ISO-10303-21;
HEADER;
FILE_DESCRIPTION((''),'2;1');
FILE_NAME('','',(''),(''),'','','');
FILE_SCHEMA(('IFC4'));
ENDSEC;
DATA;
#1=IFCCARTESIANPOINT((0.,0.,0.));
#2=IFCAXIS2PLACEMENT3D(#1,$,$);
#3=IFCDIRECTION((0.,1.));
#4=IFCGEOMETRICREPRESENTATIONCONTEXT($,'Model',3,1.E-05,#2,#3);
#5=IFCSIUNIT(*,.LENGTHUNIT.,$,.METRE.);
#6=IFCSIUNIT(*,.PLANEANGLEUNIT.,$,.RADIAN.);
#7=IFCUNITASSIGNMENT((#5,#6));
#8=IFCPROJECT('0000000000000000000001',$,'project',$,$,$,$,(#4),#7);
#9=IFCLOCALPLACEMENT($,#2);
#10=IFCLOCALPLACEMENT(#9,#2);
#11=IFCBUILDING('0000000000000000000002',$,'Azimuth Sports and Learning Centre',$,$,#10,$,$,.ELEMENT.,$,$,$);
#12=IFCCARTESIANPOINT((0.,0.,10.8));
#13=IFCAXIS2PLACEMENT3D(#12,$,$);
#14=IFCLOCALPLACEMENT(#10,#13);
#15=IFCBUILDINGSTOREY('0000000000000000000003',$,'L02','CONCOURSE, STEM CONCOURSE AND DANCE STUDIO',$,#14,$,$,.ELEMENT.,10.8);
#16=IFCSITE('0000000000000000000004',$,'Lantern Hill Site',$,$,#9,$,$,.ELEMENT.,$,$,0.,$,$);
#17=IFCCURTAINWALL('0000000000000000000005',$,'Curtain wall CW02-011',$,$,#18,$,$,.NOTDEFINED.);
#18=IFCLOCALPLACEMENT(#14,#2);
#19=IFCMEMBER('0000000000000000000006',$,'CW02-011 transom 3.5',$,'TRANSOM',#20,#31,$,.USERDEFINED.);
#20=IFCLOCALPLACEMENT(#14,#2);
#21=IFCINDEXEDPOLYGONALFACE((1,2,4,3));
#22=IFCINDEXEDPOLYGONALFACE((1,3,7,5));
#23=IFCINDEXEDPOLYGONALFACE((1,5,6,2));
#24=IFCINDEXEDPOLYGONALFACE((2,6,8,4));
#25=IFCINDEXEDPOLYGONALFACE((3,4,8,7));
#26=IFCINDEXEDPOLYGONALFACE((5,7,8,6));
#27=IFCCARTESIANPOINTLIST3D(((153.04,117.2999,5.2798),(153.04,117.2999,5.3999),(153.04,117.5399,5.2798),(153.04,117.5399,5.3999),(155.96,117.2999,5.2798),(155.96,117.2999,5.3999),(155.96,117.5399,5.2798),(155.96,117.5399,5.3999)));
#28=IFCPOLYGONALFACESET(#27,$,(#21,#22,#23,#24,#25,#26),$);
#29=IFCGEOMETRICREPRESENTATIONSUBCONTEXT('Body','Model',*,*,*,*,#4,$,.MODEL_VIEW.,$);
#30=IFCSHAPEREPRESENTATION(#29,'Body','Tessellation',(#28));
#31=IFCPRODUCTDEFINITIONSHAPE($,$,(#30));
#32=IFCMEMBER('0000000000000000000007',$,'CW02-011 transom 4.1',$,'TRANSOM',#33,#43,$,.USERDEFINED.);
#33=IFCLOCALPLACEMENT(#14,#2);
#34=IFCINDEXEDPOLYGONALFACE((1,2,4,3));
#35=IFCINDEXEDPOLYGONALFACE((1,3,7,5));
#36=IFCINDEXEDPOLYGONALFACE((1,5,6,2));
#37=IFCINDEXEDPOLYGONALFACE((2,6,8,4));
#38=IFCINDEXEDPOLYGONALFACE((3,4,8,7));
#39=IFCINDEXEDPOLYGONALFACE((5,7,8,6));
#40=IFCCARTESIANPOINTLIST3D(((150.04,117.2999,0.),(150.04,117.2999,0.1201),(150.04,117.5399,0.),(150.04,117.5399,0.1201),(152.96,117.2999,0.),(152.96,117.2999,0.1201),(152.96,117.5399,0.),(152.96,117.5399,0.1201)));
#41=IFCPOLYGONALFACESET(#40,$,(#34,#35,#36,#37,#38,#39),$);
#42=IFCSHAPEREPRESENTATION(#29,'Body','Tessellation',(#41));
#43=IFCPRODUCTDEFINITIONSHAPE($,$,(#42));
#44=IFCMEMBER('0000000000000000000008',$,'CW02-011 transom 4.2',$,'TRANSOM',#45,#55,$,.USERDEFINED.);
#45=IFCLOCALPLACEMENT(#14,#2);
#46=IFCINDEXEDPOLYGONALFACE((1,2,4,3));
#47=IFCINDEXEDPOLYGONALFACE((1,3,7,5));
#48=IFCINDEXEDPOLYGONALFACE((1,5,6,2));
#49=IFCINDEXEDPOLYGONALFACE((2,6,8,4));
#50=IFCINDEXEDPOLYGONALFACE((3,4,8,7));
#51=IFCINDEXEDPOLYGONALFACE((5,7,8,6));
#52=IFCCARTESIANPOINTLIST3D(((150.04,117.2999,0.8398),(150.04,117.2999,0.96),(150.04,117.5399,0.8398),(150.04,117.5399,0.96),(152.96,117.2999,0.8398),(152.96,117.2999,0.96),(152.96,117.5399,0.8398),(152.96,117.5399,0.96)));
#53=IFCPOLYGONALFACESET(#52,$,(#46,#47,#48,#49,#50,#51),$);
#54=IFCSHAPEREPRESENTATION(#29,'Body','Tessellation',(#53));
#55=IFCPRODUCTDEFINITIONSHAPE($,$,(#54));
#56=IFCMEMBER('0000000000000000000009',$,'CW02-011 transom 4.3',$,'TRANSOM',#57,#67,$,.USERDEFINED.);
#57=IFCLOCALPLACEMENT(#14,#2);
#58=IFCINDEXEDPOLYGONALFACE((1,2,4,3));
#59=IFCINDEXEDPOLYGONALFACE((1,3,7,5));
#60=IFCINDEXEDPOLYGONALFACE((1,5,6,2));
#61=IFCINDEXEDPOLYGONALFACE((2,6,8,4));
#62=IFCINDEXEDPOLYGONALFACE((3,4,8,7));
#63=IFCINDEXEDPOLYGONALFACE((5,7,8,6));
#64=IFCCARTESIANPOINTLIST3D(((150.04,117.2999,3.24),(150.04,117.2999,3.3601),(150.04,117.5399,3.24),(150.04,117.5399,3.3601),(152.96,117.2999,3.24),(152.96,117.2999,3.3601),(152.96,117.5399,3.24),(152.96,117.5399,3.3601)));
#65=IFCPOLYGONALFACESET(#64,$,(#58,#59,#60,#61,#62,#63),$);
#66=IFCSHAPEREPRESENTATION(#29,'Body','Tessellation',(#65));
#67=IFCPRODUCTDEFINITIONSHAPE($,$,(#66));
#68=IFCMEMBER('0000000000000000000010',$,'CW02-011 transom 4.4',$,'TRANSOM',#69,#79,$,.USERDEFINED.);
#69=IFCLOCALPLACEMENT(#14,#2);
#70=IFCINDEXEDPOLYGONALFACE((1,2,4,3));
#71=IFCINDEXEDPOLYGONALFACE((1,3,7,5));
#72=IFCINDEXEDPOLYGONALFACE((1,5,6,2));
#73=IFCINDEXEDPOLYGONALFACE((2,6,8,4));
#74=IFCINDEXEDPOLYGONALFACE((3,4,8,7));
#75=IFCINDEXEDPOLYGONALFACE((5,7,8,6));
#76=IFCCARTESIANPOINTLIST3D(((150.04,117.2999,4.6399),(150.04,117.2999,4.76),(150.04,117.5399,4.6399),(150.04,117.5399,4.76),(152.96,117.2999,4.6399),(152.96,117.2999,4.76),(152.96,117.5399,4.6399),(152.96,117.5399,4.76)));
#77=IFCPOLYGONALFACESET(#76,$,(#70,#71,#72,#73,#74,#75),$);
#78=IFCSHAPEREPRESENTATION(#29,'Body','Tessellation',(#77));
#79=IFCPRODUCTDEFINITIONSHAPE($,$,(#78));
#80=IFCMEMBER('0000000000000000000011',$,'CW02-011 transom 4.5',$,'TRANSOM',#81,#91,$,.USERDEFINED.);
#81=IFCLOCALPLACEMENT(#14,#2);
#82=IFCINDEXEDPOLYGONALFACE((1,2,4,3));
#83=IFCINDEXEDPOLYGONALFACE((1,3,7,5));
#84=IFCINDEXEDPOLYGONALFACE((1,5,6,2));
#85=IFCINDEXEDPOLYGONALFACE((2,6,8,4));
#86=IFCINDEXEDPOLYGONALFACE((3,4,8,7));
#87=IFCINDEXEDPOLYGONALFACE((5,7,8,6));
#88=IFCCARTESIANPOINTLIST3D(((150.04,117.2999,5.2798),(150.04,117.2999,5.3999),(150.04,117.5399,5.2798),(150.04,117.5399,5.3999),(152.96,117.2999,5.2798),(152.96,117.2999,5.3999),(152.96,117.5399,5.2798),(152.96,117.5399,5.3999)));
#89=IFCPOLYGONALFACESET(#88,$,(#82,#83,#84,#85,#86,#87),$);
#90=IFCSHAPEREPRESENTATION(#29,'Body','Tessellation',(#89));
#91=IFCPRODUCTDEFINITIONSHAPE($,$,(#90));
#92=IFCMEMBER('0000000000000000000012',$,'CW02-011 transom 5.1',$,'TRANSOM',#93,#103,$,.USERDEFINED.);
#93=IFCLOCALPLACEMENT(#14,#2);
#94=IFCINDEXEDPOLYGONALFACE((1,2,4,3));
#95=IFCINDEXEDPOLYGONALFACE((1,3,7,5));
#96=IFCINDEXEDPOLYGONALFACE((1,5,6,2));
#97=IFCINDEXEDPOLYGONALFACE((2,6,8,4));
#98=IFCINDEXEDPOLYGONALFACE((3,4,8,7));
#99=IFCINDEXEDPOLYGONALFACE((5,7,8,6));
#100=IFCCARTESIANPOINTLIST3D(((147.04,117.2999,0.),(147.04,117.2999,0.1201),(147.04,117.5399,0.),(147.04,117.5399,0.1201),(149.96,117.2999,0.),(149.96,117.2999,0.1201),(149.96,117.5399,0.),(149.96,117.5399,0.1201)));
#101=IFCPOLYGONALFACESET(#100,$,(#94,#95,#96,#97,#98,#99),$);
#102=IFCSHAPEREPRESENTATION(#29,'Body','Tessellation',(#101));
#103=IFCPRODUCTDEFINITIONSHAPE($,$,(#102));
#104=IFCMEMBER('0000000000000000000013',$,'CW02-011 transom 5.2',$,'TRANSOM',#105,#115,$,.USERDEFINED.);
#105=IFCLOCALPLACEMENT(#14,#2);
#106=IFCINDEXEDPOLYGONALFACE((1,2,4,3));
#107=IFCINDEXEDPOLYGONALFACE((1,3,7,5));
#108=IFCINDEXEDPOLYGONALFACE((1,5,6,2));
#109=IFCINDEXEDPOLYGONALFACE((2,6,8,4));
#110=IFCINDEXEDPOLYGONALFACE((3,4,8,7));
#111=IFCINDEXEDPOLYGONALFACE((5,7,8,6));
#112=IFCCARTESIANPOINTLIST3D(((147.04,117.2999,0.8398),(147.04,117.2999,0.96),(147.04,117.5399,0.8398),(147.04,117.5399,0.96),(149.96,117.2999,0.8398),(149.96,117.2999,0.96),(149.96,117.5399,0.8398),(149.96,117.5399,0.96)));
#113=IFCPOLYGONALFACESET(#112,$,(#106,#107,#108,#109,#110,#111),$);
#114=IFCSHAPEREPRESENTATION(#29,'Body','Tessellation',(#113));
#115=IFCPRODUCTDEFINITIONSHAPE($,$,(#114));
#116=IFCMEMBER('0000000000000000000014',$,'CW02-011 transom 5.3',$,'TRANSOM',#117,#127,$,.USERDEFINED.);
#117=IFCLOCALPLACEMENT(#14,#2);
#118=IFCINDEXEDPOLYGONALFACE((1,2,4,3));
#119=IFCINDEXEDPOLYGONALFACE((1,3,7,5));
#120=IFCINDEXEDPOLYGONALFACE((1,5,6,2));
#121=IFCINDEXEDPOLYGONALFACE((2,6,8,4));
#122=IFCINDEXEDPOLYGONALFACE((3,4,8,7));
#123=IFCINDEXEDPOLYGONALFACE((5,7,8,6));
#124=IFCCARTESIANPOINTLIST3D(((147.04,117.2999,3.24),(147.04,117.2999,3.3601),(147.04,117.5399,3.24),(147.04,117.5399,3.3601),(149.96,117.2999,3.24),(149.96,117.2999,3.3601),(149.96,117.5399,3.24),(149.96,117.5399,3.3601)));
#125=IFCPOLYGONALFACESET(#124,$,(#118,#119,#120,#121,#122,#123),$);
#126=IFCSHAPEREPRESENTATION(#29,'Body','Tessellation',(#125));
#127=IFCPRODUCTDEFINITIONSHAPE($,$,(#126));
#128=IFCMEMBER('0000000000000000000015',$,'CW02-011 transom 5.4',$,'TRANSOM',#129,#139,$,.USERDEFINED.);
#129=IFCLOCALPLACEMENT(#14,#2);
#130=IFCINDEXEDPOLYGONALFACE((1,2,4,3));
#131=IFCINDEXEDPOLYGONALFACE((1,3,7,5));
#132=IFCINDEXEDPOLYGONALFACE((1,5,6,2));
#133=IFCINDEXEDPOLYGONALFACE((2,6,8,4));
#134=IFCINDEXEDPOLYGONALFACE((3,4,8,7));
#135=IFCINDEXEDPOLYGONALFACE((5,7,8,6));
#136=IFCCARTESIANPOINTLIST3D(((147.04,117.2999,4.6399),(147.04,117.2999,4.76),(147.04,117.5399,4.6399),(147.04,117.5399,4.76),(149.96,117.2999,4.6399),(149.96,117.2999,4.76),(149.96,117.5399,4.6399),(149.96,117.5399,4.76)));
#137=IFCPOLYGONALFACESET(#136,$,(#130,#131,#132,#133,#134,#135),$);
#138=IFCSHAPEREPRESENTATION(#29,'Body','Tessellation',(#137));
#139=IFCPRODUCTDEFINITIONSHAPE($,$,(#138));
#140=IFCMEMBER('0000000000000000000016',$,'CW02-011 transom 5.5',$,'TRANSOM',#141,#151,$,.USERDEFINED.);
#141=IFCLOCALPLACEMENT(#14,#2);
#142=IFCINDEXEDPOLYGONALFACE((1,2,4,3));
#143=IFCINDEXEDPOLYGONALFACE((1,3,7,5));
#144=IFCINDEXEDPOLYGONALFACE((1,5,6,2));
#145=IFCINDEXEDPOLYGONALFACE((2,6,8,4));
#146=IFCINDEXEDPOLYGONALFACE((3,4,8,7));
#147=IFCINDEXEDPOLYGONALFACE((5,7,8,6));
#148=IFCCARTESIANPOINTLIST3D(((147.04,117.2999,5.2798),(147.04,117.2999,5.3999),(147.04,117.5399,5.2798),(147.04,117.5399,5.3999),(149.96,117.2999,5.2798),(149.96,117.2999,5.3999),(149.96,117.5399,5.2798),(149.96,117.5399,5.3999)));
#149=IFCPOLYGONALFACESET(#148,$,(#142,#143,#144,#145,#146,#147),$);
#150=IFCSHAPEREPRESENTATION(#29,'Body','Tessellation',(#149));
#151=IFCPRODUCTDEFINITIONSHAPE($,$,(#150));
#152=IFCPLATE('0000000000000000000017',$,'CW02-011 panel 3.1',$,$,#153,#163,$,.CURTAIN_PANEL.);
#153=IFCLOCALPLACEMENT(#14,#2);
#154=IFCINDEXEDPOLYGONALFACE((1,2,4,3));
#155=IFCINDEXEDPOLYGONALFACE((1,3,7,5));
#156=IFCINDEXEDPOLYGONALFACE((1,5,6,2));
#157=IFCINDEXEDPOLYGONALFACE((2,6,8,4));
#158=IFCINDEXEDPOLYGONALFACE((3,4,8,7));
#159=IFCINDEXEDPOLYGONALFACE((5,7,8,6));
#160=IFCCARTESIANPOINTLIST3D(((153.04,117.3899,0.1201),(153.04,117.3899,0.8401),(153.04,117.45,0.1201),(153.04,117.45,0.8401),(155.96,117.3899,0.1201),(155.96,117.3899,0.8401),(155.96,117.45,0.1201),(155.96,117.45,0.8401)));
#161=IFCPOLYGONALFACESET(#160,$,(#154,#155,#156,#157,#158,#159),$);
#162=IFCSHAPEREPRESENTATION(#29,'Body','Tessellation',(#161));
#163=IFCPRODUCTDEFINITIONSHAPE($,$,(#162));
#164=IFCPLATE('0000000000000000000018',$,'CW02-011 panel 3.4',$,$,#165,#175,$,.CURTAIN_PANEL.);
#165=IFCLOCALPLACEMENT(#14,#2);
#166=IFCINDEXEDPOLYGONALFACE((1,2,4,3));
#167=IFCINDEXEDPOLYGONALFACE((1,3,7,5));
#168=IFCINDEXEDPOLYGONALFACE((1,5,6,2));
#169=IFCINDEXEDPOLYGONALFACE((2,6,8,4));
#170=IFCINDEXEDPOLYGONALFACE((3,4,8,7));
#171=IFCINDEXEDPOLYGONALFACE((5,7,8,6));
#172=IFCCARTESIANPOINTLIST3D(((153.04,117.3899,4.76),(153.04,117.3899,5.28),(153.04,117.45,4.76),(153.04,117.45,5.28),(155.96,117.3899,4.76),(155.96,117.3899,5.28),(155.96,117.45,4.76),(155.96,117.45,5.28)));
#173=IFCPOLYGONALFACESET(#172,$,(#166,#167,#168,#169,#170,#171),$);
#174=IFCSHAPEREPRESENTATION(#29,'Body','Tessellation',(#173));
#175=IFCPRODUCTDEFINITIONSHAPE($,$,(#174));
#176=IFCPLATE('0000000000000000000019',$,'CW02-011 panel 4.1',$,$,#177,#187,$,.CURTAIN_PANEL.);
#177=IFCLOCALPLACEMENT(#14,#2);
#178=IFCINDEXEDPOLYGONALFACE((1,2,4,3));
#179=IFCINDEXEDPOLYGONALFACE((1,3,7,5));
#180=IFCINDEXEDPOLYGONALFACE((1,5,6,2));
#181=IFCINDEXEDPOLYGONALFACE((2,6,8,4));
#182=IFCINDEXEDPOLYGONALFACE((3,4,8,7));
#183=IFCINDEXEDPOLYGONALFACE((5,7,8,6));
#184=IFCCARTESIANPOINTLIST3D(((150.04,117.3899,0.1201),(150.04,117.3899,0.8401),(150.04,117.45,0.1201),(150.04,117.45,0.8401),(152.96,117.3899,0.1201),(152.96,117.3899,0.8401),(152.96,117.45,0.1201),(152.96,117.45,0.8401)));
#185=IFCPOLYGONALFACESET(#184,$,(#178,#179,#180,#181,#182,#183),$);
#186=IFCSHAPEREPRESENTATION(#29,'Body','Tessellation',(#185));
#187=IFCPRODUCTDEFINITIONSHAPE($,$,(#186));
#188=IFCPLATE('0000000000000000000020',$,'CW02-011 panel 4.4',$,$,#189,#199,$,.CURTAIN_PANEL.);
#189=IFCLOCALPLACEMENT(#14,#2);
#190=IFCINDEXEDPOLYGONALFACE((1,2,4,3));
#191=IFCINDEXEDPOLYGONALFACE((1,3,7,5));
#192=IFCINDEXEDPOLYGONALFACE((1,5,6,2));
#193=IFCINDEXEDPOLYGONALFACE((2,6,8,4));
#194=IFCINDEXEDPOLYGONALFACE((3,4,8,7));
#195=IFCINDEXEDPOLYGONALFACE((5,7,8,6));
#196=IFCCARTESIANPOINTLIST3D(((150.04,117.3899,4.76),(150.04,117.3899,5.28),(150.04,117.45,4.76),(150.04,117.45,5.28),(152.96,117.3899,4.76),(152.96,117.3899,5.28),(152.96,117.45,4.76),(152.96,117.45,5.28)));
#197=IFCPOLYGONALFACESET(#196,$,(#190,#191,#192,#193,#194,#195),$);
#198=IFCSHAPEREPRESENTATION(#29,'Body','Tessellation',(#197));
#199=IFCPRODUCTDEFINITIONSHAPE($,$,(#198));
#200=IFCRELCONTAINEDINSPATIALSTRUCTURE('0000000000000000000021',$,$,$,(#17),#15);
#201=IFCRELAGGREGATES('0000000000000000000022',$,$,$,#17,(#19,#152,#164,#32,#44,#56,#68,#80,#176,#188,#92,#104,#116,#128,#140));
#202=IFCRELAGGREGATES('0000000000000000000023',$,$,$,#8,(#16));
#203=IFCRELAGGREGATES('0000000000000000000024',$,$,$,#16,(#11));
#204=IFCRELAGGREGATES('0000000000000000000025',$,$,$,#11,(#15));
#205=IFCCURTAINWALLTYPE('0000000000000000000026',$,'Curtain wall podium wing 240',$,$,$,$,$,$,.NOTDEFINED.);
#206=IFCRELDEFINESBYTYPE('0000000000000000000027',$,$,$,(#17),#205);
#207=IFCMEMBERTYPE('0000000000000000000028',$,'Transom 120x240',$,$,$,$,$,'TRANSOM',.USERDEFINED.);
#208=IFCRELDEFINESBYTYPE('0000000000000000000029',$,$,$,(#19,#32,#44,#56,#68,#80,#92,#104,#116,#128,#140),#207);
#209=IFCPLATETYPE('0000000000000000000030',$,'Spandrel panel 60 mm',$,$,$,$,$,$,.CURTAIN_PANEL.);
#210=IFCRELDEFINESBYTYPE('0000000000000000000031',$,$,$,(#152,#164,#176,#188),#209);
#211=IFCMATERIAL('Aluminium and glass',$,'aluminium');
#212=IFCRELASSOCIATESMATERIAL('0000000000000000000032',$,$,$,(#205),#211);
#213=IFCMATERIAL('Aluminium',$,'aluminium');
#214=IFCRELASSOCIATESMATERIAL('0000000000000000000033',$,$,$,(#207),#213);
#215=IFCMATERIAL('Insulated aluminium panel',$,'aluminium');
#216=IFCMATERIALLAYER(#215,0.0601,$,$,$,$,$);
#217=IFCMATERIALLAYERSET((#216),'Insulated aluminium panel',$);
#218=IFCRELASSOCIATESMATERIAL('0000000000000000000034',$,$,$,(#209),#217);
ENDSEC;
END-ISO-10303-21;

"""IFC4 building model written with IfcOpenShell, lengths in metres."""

from ifc_helpers import new_model, si_unit, direction, frame, origin, origin_2d, place, context, subcontext, project, spatial, rectangle, extrude, material, layer, layer_set, material_profile, profile_set, type_object, element, aggregate, save


model = new_model("IFC4")

# Units and contexts
model_context = context("Model", 3, precision=1e-05, world=origin(), true_north=direction((0.0, 1.0)))
body_context = subcontext(model_context, "Body", "Model", "MODEL_VIEW")
ifc_project = project(units=[si_unit("LENGTHUNIT", "METRE"), si_unit("PLANEANGLEUNIT", "RADIAN")], contexts=[model_context])

# Site, building, storey
site_placement = place(None, origin())
site = spatial("IfcSite", under=ifc_project, at=site_placement, Name="Lantern Hill Site", CompositionType="ELEMENT", RefElevation=0.0)
building_placement = place(site_placement, origin())
building = spatial("IfcBuilding", under=site, at=building_placement, Name="Azimuth Sports and Learning Centre", CompositionType="ELEMENT")
storey_placement = place(building_placement, frame((0.0, 0.0, 10.8)))
storey = spatial("IfcBuildingStorey", under=building, at=storey_placement, Name="L02", Description="CONCOURSE, STEM CONCOURSE AND DANCE STUDIO", CompositionType="ELEMENT", Elevation=10.8)

# Curtain wall, members, plates
ifc_material_1 = material(Name="Aluminium and glass", Category="aluminium")
curtain_wall_type = type_object("IfcCurtainWallType", Name="Curtain wall podium wing 240", PredefinedType="NOTDEFINED", material=ifc_material_1)
curtain_wall_placement = place(storey_placement, origin())
curtain_wall = element("IfcCurtainWall", 1, at=curtain_wall_placement, inside=storey, type_object=curtain_wall_type, Name="Curtain wall CW02-011", PredefinedType="NOTDEFINED")
ifc_material_2 = material(Name="Aluminium", Category="aluminium")
ifc_material_profile_1 = material_profile(ifc_material_2, rectangle(XDim=0.24, YDim=0.1201, at=origin_2d()), Name="Transom 120x240")
ifc_profile_set_1 = profile_set([ifc_material_profile_1], Name="Aluminium")
member_type_1 = type_object("IfcMemberType", Name="Transom 120x240", ElementType="TRANSOM", PredefinedType="USERDEFINED", material=ifc_profile_set_1)
member_1_placement = place(storey_placement, frame((155.96, 117.4199, 5.3398), z_axis=(-1.0, 0.0, 0.0), x_axis=(0.0, -1.0, 0.0)))
member_1 = element("IfcMember", 2, at=member_1_placement, type_object=member_type_1, Name="CW02-011 transom 3.5", ObjectType="TRANSOM", PredefinedType="USERDEFINED", context=body_context, shape_type="SweptSolid", body=[
    extrude(rectangle(XDim=0.24, YDim=0.1201, at=origin_2d()), origin(), (0.0, 0.0, 1.0), 2.9199),
])
member_2_placement = place(storey_placement, frame((152.96, 117.4199, 0.0601), z_axis=(-1.0, 0.0, 0.0), x_axis=(0.0, -1.0, 0.0)))
member_2 = element("IfcMember", 3, at=member_2_placement, type_object=member_type_1, Name="CW02-011 transom 4.1", ObjectType="TRANSOM", PredefinedType="USERDEFINED", context=body_context, shape_type="SweptSolid", body=[
    extrude(rectangle(XDim=0.24, YDim=0.1201, at=origin_2d()), origin(), (0.0, 0.0, 1.0), 2.9199),
])
member_3_placement = place(storey_placement, frame((152.96, 117.4199, 0.8999), z_axis=(-1.0, 0.0, 0.0), x_axis=(0.0, -1.0, 0.0)))
member_3 = element("IfcMember", 4, at=member_3_placement, type_object=member_type_1, Name="CW02-011 transom 4.2", ObjectType="TRANSOM", PredefinedType="USERDEFINED", context=body_context, shape_type="SweptSolid", body=[
    extrude(rectangle(XDim=0.24, YDim=0.1201, at=origin_2d()), origin(), (0.0, 0.0, 1.0), 2.9199),
])
member_4_placement = place(storey_placement, frame((152.96, 117.4199, 3.3), z_axis=(-1.0, 0.0, 0.0), x_axis=(0.0, -1.0, 0.0)))
member_4 = element("IfcMember", 5, at=member_4_placement, type_object=member_type_1, Name="CW02-011 transom 4.3", ObjectType="TRANSOM", PredefinedType="USERDEFINED", context=body_context, shape_type="SweptSolid", body=[
    extrude(rectangle(XDim=0.24, YDim=0.1201, at=origin_2d()), origin(), (0.0, 0.0, 1.0), 2.9199),
])
member_5_placement = place(storey_placement, frame((152.96, 117.4199, 4.7), z_axis=(-1.0, 0.0, 0.0), x_axis=(0.0, -1.0, 0.0)))
member_5 = element("IfcMember", 6, at=member_5_placement, type_object=member_type_1, Name="CW02-011 transom 4.4", ObjectType="TRANSOM", PredefinedType="USERDEFINED", context=body_context, shape_type="SweptSolid", body=[
    extrude(rectangle(XDim=0.24, YDim=0.1201, at=origin_2d()), origin(), (0.0, 0.0, 1.0), 2.9199),
])
member_6_placement = place(storey_placement, frame((152.96, 117.4199, 5.3398), z_axis=(-1.0, 0.0, 0.0), x_axis=(0.0, -1.0, 0.0)))
member_6 = element("IfcMember", 7, at=member_6_placement, type_object=member_type_1, Name="CW02-011 transom 4.5", ObjectType="TRANSOM", PredefinedType="USERDEFINED", context=body_context, shape_type="SweptSolid", body=[
    extrude(rectangle(XDim=0.24, YDim=0.1201, at=origin_2d()), origin(), (0.0, 0.0, 1.0), 2.9199),
])
member_7_placement = place(storey_placement, frame((149.96, 117.4199, 0.0601), z_axis=(-1.0, 0.0, 0.0), x_axis=(0.0, -1.0, 0.0)))
member_7 = element("IfcMember", 8, at=member_7_placement, type_object=member_type_1, Name="CW02-011 transom 5.1", ObjectType="TRANSOM", PredefinedType="USERDEFINED", context=body_context, shape_type="SweptSolid", body=[
    extrude(rectangle(XDim=0.24, YDim=0.1201, at=origin_2d()), origin(), (0.0, 0.0, 1.0), 2.9199),
])
member_8_placement = place(storey_placement, frame((149.96, 117.4199, 0.8999), z_axis=(-1.0, 0.0, 0.0), x_axis=(0.0, -1.0, 0.0)))
member_8 = element("IfcMember", 9, at=member_8_placement, type_object=member_type_1, Name="CW02-011 transom 5.2", ObjectType="TRANSOM", PredefinedType="USERDEFINED", context=body_context, shape_type="SweptSolid", body=[
    extrude(rectangle(XDim=0.24, YDim=0.1201, at=origin_2d()), origin(), (0.0, 0.0, 1.0), 2.9199),
])
member_9_placement = place(storey_placement, frame((149.96, 117.4199, 3.3), z_axis=(-1.0, 0.0, 0.0), x_axis=(0.0, -1.0, 0.0)))
member_9 = element("IfcMember", 10, at=member_9_placement, type_object=member_type_1, Name="CW02-011 transom 5.3", ObjectType="TRANSOM", PredefinedType="USERDEFINED", context=body_context, shape_type="SweptSolid", body=[
    extrude(rectangle(XDim=0.24, YDim=0.1201, at=origin_2d()), origin(), (0.0, 0.0, 1.0), 2.9199),
])
member_10_placement = place(storey_placement, frame((149.96, 117.4199, 4.7), z_axis=(-1.0, 0.0, 0.0), x_axis=(0.0, -1.0, 0.0)))
member_10 = element("IfcMember", 11, at=member_10_placement, type_object=member_type_1, Name="CW02-011 transom 5.4", ObjectType="TRANSOM", PredefinedType="USERDEFINED", context=body_context, shape_type="SweptSolid", body=[
    extrude(rectangle(XDim=0.24, YDim=0.1201, at=origin_2d()), origin(), (0.0, 0.0, 1.0), 2.9199),
])
member_11_placement = place(storey_placement, frame((149.96, 117.4199, 5.3398), z_axis=(-1.0, 0.0, 0.0), x_axis=(0.0, -1.0, 0.0)))
member_11 = element("IfcMember", 12, at=member_11_placement, type_object=member_type_1, Name="CW02-011 transom 5.5", ObjectType="TRANSOM", PredefinedType="USERDEFINED", context=body_context, shape_type="SweptSolid", body=[
    extrude(rectangle(XDim=0.24, YDim=0.1201, at=origin_2d()), origin(), (0.0, 0.0, 1.0), 2.9199),
])
ifc_material_3 = material(Name="Insulated aluminium panel", Category="aluminium")
ifc_layer_1 = layer(ifc_material_3, 0.0601)
ifc_layer_set_1 = layer_set([ifc_layer_1], Name="Insulated aluminium panel")
plate_type_1 = type_object("IfcPlateType", Name="Spandrel panel 60 mm", PredefinedType="CURTAIN_PANEL", material=ifc_layer_set_1)
plate_1_placement = place(storey_placement, frame((154.5, 117.4199, 0.1201), z_axis=(0.0, 0.0, 1.0), x_axis=(-1.0, 0.0, 0.0)))
plate_1 = element("IfcPlate", 13, at=plate_1_placement, type_object=plate_type_1, Name="CW02-011 panel 3.1", PredefinedType="CURTAIN_PANEL", context=body_context, shape_type="SweptSolid", body=[
    extrude(rectangle(XDim=2.9199, YDim=0.0601, at=origin_2d()), origin(), (0.0, 0.0, 1.0), 0.72),
])
plate_2_placement = place(storey_placement, frame((154.5, 117.4199, 4.76), z_axis=(0.0, 0.0, 1.0), x_axis=(-1.0, 0.0, 0.0)))
plate_2 = element("IfcPlate", 14, at=plate_2_placement, type_object=plate_type_1, Name="CW02-011 panel 3.4", PredefinedType="CURTAIN_PANEL", context=body_context, shape_type="SweptSolid", body=[
    extrude(rectangle(XDim=2.9199, YDim=0.0601, at=origin_2d()), origin(), (0.0, 0.0, 1.0), 0.52),
])
plate_3_placement = place(storey_placement, frame((151.5, 117.4199, 0.1201), z_axis=(0.0, 0.0, 1.0), x_axis=(-1.0, 0.0, 0.0)))
plate_3 = element("IfcPlate", 15, at=plate_3_placement, type_object=plate_type_1, Name="CW02-011 panel 4.1", PredefinedType="CURTAIN_PANEL", context=body_context, shape_type="SweptSolid", body=[
    extrude(rectangle(XDim=2.9199, YDim=0.0601, at=origin_2d()), origin(), (0.0, 0.0, 1.0), 0.72),
])
plate_4_placement = place(storey_placement, frame((151.5, 117.4199, 4.76), z_axis=(0.0, 0.0, 1.0), x_axis=(-1.0, 0.0, 0.0)))
plate_4 = element("IfcPlate", 16, at=plate_4_placement, type_object=plate_type_1, Name="CW02-011 panel 4.4", PredefinedType="CURTAIN_PANEL", context=body_context, shape_type="SweptSolid", body=[
    extrude(rectangle(XDim=2.9199, YDim=0.0601, at=origin_2d()), origin(), (0.0, 0.0, 1.0), 0.52),
])
aggregate(curtain_wall, [member_1, plate_1, plate_2, member_2, member_3, member_4, member_5, member_6, plate_3, plate_4, member_7, member_8, member_9, member_10, member_11])

save(model, "model.ifc")
